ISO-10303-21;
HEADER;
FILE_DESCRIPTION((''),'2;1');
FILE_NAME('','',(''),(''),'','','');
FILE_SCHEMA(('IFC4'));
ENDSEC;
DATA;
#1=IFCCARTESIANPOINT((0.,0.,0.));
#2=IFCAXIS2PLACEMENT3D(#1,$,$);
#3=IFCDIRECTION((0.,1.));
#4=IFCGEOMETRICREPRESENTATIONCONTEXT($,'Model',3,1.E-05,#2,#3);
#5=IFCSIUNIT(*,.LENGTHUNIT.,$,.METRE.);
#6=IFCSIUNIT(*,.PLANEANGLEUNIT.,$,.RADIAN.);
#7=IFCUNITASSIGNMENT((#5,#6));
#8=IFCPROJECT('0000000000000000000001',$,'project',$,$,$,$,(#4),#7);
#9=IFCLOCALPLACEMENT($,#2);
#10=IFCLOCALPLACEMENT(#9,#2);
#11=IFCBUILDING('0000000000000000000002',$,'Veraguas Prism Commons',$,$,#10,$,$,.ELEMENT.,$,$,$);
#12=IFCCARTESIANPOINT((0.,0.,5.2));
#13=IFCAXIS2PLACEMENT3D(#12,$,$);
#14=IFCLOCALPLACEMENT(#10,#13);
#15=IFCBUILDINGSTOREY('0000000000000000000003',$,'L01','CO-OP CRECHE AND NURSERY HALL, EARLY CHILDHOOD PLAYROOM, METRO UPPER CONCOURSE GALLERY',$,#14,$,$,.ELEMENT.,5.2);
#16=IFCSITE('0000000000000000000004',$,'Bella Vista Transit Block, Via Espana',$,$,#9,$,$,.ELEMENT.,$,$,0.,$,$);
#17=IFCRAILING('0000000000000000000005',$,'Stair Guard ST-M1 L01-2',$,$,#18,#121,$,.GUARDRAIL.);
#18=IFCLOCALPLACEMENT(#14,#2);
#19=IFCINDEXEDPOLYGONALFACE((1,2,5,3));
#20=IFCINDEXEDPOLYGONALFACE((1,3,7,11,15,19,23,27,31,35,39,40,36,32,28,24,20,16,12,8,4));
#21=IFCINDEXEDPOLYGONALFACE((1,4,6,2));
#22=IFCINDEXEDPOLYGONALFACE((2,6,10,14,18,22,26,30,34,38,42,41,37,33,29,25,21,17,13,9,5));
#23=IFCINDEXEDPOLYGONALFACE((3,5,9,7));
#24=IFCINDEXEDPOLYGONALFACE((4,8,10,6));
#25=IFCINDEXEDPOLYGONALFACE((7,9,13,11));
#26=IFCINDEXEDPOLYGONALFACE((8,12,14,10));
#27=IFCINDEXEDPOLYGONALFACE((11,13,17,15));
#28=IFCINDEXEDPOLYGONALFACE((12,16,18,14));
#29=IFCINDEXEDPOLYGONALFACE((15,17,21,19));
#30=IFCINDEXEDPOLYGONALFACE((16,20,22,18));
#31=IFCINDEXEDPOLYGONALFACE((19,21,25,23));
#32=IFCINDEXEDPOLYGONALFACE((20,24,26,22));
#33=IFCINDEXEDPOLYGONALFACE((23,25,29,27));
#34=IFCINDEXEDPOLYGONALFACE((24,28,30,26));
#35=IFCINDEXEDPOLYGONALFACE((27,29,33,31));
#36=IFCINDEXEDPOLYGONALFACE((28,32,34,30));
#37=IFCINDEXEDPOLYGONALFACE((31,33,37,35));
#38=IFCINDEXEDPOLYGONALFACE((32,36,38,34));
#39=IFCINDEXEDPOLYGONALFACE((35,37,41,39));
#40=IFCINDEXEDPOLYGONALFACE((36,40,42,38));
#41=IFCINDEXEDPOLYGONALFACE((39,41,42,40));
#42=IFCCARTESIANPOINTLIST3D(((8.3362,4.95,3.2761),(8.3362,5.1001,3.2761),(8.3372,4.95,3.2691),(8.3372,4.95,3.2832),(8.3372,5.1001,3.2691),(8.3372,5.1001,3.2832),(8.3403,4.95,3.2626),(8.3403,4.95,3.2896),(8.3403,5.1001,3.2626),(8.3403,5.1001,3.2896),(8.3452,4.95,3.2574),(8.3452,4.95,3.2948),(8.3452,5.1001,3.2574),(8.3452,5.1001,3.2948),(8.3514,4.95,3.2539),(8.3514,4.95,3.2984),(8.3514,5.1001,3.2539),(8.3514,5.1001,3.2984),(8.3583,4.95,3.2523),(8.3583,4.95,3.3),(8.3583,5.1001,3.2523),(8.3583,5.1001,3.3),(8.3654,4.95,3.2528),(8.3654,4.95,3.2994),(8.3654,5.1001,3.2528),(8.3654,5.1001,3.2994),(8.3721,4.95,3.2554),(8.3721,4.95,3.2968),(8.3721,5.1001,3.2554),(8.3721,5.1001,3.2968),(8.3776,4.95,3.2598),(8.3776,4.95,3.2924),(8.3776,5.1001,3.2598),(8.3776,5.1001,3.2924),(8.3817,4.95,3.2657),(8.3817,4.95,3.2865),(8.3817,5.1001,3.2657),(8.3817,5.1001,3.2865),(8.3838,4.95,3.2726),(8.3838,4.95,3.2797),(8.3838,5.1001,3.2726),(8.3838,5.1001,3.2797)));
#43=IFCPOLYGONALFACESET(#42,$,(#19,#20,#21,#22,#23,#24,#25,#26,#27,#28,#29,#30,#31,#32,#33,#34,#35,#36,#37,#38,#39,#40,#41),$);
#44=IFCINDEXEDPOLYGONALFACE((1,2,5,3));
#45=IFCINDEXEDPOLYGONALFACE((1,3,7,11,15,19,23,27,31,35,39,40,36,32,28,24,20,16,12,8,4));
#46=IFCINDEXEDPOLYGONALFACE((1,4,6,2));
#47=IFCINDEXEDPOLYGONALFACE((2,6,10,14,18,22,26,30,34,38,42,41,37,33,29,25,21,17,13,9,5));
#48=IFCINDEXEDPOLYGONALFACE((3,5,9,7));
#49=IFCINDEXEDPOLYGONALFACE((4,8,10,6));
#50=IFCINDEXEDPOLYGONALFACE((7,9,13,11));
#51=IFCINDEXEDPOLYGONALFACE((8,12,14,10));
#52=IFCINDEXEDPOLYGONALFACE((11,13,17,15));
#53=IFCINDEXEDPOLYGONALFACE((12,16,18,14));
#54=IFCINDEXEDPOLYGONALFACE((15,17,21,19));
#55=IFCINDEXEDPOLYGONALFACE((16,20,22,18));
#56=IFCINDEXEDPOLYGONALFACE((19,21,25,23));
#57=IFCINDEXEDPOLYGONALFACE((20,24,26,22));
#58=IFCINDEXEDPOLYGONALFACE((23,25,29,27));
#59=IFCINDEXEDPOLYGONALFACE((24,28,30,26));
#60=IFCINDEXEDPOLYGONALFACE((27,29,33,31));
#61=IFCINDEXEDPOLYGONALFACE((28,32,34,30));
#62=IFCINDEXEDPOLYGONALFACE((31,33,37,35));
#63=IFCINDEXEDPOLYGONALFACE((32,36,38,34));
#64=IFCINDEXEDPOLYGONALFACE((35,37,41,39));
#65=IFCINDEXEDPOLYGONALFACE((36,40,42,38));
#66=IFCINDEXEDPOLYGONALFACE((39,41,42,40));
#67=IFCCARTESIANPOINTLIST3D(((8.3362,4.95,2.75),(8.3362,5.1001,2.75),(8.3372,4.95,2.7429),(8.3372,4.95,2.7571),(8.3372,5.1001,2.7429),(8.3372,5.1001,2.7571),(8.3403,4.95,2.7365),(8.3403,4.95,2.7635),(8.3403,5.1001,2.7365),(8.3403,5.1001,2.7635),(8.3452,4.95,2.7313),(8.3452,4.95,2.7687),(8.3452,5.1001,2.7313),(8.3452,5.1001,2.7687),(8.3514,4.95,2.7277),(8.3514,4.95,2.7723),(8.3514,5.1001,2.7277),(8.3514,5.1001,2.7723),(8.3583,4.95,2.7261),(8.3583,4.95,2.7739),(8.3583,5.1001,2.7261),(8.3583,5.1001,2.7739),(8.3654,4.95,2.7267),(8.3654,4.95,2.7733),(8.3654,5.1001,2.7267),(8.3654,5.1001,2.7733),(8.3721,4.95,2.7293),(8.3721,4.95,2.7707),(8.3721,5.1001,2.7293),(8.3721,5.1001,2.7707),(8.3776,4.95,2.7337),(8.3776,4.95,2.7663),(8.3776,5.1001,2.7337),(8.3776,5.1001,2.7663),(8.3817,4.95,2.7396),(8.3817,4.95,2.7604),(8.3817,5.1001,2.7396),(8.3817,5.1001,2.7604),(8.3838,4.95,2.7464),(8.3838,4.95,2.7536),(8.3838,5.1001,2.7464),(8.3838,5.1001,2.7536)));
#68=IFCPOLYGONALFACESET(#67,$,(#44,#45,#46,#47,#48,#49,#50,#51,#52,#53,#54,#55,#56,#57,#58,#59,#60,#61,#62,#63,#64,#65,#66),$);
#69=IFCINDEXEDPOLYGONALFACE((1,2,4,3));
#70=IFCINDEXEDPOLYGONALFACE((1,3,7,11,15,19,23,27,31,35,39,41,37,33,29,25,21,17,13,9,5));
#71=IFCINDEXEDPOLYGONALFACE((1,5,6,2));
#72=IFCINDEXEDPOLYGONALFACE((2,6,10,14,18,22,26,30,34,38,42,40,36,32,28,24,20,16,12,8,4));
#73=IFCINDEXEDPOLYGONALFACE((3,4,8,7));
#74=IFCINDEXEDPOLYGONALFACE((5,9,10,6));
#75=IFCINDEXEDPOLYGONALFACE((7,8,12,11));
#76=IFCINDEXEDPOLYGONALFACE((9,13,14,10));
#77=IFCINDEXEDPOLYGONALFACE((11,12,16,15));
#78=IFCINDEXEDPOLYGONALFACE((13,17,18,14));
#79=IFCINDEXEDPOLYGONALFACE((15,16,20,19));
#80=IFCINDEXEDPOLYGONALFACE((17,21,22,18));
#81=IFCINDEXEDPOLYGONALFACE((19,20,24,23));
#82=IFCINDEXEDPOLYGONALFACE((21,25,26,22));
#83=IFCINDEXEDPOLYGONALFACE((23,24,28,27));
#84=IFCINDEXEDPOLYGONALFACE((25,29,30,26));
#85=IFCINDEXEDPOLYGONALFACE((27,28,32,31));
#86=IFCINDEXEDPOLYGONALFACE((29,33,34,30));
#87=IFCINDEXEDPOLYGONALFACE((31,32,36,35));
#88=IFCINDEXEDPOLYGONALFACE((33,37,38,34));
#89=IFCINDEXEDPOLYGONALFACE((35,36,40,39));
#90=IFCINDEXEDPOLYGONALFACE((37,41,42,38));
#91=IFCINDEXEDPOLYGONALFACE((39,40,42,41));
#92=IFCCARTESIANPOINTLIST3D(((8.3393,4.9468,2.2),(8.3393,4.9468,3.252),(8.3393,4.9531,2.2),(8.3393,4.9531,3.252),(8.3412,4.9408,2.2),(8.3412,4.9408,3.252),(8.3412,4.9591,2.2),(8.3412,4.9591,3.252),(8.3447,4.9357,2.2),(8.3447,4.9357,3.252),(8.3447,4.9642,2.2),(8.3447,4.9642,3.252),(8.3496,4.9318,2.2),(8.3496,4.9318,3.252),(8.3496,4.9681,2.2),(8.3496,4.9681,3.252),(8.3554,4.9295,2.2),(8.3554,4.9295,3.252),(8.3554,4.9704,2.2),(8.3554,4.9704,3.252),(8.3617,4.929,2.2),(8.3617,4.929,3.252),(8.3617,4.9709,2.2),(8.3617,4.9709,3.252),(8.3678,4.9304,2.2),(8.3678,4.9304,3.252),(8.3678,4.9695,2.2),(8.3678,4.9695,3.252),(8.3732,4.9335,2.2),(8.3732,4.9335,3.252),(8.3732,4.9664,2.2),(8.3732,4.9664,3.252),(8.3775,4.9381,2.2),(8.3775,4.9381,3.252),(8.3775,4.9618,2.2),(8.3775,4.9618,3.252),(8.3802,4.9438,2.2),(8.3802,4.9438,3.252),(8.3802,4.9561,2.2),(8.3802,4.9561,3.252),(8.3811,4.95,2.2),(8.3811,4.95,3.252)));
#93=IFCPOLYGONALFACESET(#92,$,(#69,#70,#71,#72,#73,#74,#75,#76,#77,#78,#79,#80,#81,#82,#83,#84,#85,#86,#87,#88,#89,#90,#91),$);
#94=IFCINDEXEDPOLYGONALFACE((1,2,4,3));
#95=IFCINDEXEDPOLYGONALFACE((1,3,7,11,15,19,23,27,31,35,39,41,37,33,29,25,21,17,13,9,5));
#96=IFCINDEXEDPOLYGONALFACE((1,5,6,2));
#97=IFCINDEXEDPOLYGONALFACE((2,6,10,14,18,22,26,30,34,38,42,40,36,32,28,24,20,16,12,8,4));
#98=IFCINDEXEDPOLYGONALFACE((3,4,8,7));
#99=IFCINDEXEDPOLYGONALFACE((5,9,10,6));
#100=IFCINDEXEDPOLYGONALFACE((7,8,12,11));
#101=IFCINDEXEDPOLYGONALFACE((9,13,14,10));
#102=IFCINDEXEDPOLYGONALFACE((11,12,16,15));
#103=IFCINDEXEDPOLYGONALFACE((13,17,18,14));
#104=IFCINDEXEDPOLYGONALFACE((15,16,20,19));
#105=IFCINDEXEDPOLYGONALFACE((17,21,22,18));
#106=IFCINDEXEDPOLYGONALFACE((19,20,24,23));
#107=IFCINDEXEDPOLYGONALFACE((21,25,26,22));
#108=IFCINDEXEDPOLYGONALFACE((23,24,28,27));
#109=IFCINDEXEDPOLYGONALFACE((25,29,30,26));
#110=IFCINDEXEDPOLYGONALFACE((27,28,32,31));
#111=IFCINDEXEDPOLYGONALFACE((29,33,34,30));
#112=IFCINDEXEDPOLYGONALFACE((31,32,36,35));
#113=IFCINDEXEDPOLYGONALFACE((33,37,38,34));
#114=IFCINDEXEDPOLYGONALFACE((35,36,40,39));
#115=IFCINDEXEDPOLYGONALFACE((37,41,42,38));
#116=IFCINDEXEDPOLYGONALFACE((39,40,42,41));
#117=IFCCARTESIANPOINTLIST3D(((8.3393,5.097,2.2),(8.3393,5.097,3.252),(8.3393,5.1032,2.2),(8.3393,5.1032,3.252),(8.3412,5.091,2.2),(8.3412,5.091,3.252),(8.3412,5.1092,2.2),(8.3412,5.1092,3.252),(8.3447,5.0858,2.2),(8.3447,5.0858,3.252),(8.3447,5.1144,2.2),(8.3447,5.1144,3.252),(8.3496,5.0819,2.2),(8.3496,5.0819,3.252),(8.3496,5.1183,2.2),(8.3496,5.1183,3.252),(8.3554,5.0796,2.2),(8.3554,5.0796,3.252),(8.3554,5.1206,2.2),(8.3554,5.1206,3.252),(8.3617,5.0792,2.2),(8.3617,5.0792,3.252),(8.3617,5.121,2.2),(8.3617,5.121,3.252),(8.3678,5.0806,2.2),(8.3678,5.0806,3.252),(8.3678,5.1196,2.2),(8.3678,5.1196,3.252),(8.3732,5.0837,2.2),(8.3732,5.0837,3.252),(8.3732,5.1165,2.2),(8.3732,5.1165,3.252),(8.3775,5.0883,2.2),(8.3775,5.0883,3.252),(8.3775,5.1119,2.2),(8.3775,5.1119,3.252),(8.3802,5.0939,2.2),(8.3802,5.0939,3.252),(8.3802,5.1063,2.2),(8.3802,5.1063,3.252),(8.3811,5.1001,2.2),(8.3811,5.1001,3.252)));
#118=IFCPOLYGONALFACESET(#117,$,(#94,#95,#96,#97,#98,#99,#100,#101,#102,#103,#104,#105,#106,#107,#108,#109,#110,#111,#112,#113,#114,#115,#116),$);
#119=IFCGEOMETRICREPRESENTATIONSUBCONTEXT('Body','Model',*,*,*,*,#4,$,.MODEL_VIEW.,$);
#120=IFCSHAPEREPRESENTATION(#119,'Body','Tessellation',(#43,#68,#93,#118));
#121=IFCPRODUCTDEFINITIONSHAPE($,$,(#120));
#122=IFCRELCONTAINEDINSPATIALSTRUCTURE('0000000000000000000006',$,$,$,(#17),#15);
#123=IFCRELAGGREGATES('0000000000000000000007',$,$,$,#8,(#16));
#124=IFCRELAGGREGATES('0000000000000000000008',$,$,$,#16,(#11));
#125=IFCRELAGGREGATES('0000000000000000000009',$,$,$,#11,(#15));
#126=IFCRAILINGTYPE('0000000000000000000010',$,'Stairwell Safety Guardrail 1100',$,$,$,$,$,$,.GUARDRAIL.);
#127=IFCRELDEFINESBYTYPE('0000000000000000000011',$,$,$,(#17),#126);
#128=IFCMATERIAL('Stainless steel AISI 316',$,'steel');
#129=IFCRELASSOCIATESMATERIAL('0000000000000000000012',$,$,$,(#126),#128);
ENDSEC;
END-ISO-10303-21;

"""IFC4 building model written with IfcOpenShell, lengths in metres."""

from ifc_helpers import new_model, si_unit, direction, frame, origin, origin_2d, place, context, subcontext, project, spatial, circle, extrude, material, type_object, element, save


model = new_model("IFC4")

# Units and contexts
model_context = context("Model", 3, precision=1e-05, world=origin(), true_north=direction((0.0, 1.0)))
body_context = subcontext(model_context, "Body", "Model", "MODEL_VIEW")
ifc_project = project(units=[si_unit("LENGTHUNIT", "METRE"), si_unit("PLANEANGLEUNIT", "RADIAN")], contexts=[model_context])

# Site, building, storey
site_placement = place(None, origin())
site = spatial("IfcSite", under=ifc_project, at=site_placement, Name="Bella Vista Transit Block, Via Espana", CompositionType="ELEMENT", RefElevation=0.0)
building_placement = place(site_placement, origin())
building = spatial("IfcBuilding", under=site, at=building_placement, Name="Veraguas Prism Commons", CompositionType="ELEMENT")
storey_placement = place(building_placement, frame((0.0, 0.0, 5.2)))
storey = spatial("IfcBuildingStorey", under=building, at=storey_placement, Name="L01", Description="CO-OP CRECHE AND NURSERY HALL, EARLY CHILDHOOD PLAYROOM, METRO UPPER CONCOURSE GALLERY", CompositionType="ELEMENT", Elevation=5.2)

# Shared definitions
ifc_material_1 = material(Name="Stainless steel AISI 316", Category="steel")

# Railing
railing_type_1 = type_object("IfcRailingType", Name="Stairwell Safety Guardrail 1100", PredefinedType="GUARDRAIL", material=ifc_material_1)
railing_1_placement = place(storey_placement, frame((8.3601, 4.95, 2.2)))
element("IfcRailing", 1, at=railing_1_placement, inside=storey, type_object=railing_type_1, Name="Stair Guard ST-M1 L01-2", PredefinedType="GUARDRAIL", context=body_context, shape_type="SweptSolid", body=[
    extrude(circle(Radius=0.0239, at=origin_2d()), frame((0.0, 0.0, 1.0762), z_axis=(0.0, 1.0, 0.0), x_axis=(-1.0, 0.0, 0.0)), (0.0, 0.0, 1.0), 0.1501),
    extrude(circle(Radius=0.0239, at=origin_2d()), frame((0.0, 0.0, 0.55), z_axis=(0.0, 1.0, 0.0), x_axis=(-1.0, 0.0, 0.0)), (0.0, 0.0, 1.0), 0.1501),
    extrude(circle(Radius=0.021, at=origin_2d()), origin(), (0.0, 0.0, 1.0), 1.052),
    extrude(circle(Radius=0.021, at=origin_2d()), frame((0.0, 0.1501, 0.0)), (0.0, 0.0, 1.0), 1.052),
])

save(model, "model.ifc")
